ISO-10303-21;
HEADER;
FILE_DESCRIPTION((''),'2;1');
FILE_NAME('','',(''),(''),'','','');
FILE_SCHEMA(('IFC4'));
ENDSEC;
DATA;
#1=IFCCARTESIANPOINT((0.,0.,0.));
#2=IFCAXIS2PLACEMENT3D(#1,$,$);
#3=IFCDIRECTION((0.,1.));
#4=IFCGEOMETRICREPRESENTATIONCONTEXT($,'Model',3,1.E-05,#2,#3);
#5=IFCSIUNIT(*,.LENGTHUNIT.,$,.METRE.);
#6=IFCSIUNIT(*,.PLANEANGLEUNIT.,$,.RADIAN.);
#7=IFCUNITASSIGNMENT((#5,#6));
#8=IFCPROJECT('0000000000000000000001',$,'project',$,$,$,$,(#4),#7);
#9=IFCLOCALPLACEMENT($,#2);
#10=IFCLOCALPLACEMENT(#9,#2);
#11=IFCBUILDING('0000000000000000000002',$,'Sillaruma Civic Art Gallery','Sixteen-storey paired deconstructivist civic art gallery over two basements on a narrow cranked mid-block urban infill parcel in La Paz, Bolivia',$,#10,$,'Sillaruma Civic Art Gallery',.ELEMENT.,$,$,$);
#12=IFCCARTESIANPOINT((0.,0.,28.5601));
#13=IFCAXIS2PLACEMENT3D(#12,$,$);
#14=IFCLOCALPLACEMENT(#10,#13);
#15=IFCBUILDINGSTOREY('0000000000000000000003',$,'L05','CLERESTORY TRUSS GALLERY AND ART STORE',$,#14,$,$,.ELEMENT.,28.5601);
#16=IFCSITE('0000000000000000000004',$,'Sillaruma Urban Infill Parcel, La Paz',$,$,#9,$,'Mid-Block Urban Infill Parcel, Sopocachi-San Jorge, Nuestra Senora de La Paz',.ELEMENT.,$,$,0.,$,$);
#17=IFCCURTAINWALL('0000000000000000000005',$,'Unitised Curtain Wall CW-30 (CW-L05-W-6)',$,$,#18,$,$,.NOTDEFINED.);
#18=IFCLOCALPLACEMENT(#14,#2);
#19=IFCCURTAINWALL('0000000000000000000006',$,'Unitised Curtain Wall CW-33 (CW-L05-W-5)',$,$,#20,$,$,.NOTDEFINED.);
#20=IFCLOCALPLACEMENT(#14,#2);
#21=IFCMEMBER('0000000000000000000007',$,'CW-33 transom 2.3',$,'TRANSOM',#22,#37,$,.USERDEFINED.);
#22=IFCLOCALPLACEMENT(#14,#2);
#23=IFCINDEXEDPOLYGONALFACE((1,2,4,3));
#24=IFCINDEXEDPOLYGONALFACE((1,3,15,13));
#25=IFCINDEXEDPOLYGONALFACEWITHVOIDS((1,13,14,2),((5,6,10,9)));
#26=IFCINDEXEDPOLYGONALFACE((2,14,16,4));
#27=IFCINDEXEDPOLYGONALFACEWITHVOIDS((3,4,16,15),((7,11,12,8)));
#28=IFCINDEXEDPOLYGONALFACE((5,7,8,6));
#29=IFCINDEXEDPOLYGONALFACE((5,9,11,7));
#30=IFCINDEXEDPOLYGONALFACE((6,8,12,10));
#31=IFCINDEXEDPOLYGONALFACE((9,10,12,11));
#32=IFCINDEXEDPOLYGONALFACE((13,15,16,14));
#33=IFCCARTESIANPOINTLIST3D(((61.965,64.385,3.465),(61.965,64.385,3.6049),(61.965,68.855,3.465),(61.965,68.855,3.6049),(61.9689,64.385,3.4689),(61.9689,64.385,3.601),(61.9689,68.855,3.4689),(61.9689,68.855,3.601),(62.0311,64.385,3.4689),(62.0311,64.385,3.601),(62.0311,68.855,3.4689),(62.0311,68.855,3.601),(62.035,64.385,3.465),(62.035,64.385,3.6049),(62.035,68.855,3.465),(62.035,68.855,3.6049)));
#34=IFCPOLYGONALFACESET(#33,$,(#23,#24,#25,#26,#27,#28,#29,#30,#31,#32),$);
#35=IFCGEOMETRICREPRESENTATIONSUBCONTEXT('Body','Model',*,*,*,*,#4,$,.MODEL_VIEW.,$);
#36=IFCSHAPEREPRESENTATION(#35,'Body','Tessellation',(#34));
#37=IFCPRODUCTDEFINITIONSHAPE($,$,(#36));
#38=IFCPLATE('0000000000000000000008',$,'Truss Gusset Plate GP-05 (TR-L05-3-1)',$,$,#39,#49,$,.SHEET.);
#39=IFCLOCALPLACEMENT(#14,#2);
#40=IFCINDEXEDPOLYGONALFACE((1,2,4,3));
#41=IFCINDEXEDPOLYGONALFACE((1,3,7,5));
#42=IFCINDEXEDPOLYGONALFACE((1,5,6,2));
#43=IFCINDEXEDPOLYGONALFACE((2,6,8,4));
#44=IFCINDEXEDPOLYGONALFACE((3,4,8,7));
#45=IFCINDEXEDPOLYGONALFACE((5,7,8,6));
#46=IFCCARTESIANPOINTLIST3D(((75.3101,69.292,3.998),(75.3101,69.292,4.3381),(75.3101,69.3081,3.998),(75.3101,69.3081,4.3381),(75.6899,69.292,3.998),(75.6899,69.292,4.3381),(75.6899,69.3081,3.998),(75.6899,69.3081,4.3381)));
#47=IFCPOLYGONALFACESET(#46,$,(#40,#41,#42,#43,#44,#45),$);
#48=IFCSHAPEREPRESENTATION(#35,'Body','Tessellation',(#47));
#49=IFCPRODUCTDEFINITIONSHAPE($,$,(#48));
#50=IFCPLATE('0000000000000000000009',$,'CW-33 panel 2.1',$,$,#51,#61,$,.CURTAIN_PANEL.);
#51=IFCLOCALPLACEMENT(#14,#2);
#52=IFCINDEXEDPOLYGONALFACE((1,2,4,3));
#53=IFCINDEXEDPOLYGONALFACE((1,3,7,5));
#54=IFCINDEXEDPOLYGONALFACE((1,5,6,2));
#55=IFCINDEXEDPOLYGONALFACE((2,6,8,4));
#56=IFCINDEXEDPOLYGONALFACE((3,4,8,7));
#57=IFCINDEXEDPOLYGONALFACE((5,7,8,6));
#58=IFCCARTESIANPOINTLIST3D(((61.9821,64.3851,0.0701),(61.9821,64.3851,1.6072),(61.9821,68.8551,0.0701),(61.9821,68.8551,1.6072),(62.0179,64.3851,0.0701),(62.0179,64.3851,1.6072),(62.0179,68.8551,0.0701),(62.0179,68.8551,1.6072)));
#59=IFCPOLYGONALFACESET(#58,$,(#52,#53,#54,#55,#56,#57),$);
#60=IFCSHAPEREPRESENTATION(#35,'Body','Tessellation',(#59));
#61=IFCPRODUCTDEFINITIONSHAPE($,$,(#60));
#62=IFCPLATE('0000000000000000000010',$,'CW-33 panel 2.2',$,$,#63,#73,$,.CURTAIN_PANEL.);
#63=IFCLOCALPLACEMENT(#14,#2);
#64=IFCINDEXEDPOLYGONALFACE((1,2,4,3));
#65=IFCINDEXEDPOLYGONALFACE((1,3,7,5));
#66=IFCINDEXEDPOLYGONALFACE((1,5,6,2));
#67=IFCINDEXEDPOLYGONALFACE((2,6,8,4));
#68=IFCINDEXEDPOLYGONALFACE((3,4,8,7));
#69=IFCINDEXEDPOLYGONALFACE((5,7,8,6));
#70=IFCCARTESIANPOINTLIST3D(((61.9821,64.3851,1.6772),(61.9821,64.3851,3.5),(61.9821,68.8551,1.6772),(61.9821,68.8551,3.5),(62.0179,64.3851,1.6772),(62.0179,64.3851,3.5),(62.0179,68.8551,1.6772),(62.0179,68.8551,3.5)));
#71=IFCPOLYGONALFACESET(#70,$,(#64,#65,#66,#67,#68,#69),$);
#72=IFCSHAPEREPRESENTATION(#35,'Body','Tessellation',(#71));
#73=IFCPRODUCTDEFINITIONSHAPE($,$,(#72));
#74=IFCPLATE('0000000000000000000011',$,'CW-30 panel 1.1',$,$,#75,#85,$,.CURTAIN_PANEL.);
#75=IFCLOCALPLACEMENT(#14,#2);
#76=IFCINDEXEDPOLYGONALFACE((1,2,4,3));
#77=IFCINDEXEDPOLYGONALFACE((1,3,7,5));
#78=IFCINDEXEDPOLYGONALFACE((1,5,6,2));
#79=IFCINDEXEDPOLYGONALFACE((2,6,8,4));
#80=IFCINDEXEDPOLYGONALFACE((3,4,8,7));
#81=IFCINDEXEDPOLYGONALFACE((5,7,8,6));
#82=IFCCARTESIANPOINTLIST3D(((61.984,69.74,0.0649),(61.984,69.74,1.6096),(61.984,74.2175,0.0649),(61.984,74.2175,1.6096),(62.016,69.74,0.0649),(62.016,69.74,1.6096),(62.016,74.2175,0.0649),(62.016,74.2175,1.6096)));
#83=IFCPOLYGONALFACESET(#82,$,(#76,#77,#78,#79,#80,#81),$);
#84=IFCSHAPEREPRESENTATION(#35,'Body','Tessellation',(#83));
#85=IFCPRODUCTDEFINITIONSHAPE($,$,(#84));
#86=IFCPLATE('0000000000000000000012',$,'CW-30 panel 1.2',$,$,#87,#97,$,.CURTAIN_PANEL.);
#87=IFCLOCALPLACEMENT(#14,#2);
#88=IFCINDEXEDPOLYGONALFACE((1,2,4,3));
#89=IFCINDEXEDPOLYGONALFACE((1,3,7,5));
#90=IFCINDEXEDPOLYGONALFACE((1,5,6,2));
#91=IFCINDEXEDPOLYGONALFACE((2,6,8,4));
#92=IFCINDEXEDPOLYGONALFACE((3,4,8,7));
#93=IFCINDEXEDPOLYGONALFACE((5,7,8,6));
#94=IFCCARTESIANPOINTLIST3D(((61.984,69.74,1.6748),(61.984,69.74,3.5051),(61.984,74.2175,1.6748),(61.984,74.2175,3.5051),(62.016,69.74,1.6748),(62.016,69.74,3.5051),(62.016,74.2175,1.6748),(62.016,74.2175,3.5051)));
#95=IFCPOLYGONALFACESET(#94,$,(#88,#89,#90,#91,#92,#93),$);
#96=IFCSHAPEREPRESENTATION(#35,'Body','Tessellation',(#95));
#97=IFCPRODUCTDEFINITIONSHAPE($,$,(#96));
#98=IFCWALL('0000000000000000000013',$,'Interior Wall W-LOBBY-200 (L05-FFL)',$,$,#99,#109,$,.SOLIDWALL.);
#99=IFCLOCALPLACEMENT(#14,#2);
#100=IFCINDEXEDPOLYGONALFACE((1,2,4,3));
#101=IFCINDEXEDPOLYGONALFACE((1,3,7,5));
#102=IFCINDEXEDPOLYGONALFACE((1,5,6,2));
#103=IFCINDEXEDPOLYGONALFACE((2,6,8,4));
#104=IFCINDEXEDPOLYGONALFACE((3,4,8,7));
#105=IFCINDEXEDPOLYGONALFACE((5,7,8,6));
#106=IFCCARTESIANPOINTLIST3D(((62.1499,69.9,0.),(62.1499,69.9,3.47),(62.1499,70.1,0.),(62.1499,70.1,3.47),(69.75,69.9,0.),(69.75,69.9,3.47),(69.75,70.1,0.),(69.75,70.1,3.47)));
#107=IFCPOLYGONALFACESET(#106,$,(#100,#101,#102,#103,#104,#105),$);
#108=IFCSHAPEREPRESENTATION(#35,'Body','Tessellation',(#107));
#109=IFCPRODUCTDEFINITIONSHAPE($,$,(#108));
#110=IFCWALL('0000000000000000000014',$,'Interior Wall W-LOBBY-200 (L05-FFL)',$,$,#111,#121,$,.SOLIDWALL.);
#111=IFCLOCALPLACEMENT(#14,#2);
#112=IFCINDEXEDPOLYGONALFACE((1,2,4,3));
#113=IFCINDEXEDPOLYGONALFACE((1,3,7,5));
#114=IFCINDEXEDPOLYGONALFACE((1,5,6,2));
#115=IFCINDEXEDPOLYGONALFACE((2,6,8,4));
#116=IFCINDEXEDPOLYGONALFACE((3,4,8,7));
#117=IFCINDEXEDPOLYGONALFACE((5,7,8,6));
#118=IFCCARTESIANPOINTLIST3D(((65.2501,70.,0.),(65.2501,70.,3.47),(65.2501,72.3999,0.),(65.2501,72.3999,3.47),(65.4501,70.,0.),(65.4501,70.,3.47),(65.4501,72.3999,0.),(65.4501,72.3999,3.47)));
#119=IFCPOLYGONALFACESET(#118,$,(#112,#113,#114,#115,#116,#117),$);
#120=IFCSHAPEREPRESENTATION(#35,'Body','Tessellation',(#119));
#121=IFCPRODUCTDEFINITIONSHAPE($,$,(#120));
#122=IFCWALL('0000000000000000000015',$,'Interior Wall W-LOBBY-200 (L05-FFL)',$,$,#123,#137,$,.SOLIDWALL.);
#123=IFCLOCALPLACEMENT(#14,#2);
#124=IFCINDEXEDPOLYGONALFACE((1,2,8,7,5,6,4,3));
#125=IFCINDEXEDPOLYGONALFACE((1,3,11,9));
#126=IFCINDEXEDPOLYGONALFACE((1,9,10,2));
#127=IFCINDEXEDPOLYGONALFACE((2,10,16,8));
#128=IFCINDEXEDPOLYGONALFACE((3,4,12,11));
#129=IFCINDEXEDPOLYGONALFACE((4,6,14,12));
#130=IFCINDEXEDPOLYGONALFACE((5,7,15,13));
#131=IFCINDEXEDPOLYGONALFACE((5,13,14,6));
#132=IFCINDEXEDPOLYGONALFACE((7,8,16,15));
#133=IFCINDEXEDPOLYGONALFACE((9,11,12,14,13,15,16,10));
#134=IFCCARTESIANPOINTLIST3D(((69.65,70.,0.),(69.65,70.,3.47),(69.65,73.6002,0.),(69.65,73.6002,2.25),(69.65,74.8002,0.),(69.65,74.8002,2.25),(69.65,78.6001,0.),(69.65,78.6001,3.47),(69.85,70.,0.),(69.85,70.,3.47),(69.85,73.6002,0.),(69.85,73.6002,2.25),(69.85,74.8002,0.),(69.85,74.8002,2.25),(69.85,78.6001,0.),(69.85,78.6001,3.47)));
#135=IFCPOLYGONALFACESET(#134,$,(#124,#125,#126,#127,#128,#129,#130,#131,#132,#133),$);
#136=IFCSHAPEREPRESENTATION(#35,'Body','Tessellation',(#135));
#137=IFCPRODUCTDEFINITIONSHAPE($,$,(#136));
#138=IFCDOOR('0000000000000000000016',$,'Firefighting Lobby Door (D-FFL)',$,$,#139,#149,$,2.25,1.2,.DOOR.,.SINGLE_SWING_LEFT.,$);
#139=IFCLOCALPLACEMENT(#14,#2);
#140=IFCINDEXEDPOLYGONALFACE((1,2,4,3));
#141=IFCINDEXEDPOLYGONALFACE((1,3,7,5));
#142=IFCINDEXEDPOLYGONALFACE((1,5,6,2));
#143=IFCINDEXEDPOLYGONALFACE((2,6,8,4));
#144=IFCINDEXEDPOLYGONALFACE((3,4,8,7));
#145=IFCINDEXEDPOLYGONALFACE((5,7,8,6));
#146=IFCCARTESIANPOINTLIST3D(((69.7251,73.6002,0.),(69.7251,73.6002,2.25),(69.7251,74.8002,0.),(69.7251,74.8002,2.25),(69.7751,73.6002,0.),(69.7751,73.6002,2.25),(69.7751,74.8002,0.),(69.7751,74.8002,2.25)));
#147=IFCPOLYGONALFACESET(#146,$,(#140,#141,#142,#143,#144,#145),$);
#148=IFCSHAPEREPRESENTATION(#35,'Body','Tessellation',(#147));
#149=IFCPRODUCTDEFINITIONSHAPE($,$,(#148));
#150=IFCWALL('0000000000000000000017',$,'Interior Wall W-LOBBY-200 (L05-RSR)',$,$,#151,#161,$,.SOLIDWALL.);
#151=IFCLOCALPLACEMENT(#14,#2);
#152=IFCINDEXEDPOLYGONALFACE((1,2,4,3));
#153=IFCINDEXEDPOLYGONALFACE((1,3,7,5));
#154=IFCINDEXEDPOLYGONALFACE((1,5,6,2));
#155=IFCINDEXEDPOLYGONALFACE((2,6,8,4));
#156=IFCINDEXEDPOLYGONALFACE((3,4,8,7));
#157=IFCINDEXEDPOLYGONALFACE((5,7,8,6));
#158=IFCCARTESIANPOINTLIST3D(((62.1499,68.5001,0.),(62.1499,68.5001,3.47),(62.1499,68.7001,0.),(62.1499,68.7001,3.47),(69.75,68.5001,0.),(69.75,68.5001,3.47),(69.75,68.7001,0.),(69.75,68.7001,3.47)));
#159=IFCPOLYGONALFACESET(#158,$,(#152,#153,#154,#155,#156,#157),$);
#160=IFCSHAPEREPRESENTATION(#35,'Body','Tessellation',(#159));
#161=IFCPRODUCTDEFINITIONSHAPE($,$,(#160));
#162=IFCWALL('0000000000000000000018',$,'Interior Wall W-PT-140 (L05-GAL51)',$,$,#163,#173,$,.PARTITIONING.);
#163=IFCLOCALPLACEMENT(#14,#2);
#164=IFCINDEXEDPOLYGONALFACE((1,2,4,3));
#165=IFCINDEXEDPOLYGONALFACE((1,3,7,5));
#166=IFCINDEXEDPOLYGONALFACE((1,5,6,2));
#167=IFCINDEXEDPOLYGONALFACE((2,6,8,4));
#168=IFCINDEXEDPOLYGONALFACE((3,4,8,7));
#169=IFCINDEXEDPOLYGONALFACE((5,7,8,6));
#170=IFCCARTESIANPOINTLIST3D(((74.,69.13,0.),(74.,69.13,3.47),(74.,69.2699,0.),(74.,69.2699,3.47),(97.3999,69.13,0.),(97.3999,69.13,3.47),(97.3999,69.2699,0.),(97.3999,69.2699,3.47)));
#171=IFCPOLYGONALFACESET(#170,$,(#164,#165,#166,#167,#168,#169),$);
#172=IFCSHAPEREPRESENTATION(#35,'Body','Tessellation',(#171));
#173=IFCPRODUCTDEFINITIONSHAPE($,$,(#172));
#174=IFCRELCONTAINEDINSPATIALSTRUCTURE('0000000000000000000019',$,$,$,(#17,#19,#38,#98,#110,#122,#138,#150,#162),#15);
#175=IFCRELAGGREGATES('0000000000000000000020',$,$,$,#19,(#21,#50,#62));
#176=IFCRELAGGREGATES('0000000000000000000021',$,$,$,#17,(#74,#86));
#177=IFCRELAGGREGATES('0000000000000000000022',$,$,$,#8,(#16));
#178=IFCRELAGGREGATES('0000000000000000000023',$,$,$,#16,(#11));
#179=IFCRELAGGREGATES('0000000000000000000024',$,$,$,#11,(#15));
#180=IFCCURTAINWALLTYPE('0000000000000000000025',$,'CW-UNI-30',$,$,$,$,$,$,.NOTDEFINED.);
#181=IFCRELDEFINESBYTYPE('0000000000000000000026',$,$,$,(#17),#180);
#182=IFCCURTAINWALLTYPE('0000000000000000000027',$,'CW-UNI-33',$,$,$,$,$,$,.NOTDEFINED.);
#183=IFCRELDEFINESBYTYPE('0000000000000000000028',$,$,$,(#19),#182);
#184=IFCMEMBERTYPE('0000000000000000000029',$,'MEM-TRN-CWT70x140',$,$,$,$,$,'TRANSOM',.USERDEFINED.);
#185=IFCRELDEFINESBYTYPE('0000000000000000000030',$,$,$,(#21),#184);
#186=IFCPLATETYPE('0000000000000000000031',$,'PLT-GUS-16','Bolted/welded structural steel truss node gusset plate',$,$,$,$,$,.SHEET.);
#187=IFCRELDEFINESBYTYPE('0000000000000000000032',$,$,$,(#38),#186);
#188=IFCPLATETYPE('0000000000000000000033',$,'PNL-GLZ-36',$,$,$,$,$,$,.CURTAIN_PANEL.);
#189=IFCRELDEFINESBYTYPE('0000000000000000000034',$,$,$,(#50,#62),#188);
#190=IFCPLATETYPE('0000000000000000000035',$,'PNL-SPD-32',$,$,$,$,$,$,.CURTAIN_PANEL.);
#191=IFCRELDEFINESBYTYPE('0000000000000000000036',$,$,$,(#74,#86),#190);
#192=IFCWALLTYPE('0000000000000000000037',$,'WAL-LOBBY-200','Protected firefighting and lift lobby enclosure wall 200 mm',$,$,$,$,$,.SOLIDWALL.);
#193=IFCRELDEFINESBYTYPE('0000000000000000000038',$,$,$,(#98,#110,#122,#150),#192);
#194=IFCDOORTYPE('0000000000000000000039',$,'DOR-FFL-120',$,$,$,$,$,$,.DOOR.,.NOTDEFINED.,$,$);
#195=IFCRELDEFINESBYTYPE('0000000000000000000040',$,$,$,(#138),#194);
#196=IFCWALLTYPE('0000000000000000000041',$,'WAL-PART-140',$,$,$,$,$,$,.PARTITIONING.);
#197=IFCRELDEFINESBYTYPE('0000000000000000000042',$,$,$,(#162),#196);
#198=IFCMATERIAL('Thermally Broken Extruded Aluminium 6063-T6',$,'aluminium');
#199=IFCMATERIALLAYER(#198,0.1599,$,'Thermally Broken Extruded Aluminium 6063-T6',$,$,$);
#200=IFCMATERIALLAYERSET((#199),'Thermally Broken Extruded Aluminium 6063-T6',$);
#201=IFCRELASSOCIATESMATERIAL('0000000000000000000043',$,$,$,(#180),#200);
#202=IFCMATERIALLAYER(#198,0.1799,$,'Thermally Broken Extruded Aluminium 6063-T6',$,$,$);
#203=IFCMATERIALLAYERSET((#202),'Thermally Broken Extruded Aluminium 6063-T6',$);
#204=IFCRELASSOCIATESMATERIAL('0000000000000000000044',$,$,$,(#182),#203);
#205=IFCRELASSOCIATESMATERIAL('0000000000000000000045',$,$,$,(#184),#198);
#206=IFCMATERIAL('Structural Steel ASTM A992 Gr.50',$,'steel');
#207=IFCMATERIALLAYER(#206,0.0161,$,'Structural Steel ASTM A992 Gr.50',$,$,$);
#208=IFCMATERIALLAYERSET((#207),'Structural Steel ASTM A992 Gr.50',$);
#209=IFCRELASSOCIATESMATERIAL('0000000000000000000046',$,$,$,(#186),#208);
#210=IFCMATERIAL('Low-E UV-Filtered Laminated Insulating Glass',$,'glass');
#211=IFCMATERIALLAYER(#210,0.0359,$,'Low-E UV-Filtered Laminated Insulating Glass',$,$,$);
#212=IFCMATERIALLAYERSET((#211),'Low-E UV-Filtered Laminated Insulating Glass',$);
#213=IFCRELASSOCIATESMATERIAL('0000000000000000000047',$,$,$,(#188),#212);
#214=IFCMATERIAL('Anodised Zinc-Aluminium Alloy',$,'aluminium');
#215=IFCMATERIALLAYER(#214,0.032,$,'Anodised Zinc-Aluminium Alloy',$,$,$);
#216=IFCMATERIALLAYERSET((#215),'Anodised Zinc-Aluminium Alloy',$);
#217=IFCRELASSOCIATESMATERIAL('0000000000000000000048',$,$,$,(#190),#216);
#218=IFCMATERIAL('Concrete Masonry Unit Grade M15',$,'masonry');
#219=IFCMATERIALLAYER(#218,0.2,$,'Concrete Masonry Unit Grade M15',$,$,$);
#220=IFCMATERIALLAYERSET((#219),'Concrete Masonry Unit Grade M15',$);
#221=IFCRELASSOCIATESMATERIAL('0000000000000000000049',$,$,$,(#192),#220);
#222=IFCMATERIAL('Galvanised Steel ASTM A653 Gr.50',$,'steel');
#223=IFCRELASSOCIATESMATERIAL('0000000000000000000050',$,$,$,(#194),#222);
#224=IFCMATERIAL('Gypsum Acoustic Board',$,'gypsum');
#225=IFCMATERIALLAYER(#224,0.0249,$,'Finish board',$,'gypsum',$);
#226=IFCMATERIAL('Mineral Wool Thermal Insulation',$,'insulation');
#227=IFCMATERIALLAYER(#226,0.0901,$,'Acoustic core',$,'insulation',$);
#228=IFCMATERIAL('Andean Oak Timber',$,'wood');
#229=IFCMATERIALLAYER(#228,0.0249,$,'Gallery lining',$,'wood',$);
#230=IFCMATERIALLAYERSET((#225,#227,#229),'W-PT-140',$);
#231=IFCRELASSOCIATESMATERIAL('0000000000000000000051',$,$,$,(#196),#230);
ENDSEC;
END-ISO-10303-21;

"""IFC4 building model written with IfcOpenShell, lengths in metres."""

from ifc_helpers import new_model, si_unit, direction, frame, frame_2d, origin, origin_2d, place, context, subcontext, project, spatial, rectangle, hollow_rectangle, extrude, material, layer, layer_set, material_profile, profile_set, type_object, element, fill, aggregate, save


model = new_model("IFC4")

# Units and contexts
model_context = context("Model", 3, precision=1e-05, world=origin(), true_north=direction((0.0, 1.0)))
body_context = subcontext(model_context, "Body", "Model", "MODEL_VIEW")
ifc_project = project(units=[si_unit("LENGTHUNIT", "METRE"), si_unit("PLANEANGLEUNIT", "RADIAN")], contexts=[model_context])

# Site, building, storey
site_placement = place(None, origin())
site = spatial("IfcSite", under=ifc_project, at=site_placement, Name="Sillaruma Urban Infill Parcel, La Paz", LongName="Mid-Block Urban Infill Parcel, Sopocachi-San Jorge, Nuestra Senora de La Paz", CompositionType="ELEMENT", RefElevation=0.0)
building_placement = place(site_placement, origin())
building = spatial("IfcBuilding", under=site, at=building_placement, Name="Sillaruma Civic Art Gallery", Description="Sixteen-storey paired deconstructivist civic art gallery over two basements on a narrow cranked mid-block urban infill parcel in La Paz, Bolivia", LongName="Sillaruma Civic Art Gallery", CompositionType="ELEMENT")
storey_placement = place(building_placement, frame((0.0, 0.0, 28.5601)))
storey = spatial("IfcBuildingStorey", under=building, at=storey_placement, Name="L05", Description="CLERESTORY TRUSS GALLERY AND ART STORE", CompositionType="ELEMENT", Elevation=28.5601)

# Shared definitions
ifc_material_1 = material(Name="Structural Steel ASTM A992 Gr.50", Category="steel")

# Curtain walls
ifc_material_2 = material(Name="Thermally Broken Extruded Aluminium 6063-T6", Category="aluminium")
ifc_layer_1 = layer(ifc_material_2, 0.1599, Name="Thermally Broken Extruded Aluminium 6063-T6")
ifc_layer_set_1 = layer_set([ifc_layer_1], Name="Thermally Broken Extruded Aluminium 6063-T6")
curtain_wall_type_1 = type_object("IfcCurtainWallType", Name="CW-UNI-30", PredefinedType="NOTDEFINED", material=ifc_layer_set_1)
curtain_wall_1_placement = place(storey_placement, origin())
curtain_wall_1 = element("IfcCurtainWall", 1, at=curtain_wall_1_placement, inside=storey, type_object=curtain_wall_type_1, Name="Unitised Curtain Wall CW-30 (CW-L05-W-6)", PredefinedType="NOTDEFINED")
ifc_layer_2 = layer(ifc_material_2, 0.1799, Name="Thermally Broken Extruded Aluminium 6063-T6")
ifc_layer_set_2 = layer_set([ifc_layer_2], Name="Thermally Broken Extruded Aluminium 6063-T6")
curtain_wall_type_2 = type_object("IfcCurtainWallType", Name="CW-UNI-33", PredefinedType="NOTDEFINED", material=ifc_layer_set_2)
curtain_wall_2_placement = place(storey_placement, origin())
curtain_wall_2 = element("IfcCurtainWall", 2, at=curtain_wall_2_placement, inside=storey, type_object=curtain_wall_type_2, Name="Unitised Curtain Wall CW-33 (CW-L05-W-5)", PredefinedType="NOTDEFINED")

# Member
ifc_material_profile_1 = material_profile(ifc_material_2, hollow_rectangle(XDim=0.0701, YDim=0.1399, WallThickness=0.0039, at=origin_2d()), Name="CWT70x140")
ifc_profile_set_1 = profile_set([ifc_material_profile_1], Name="Thermally Broken Extruded Aluminium 6063-T6")
member_type_1 = type_object("IfcMemberType", Name="MEM-TRN-CWT70x140", ElementType="TRANSOM", PredefinedType="USERDEFINED", material=ifc_profile_set_1)
member_1_placement = place(storey_placement, frame((62.0, 64.385, 3.5349), z_axis=(0.0, 1.0, 0.0), x_axis=(-1.0, 0.0, 0.0)))
member_1 = element("IfcMember", 3, at=member_1_placement, type_object=member_type_1, Name="CW-33 transom 2.3", ObjectType="TRANSOM", PredefinedType="USERDEFINED", context=body_context, shape_type="SweptSolid", body=[
    extrude(hollow_rectangle(XDim=0.0701, YDim=0.1399, WallThickness=0.0039, at=origin_2d()), origin(), (0.0, 0.0, 1.0), 4.47),
])

# Plates
ifc_layer_3 = layer(ifc_material_1, 0.0161, Name="Structural Steel ASTM A992 Gr.50")
ifc_layer_set_3 = layer_set([ifc_layer_3], Name="Structural Steel ASTM A992 Gr.50")
plate_type_1 = type_object("IfcPlateType", Name="PLT-GUS-16", Description="Bolted/welded structural steel truss node gusset plate", PredefinedType="SHEET", material=ifc_layer_set_3)
plate_1_placement = place(storey_placement, frame((75.5, 69.3, 3.998), z_axis=(0.0, 0.0, 1.0), x_axis=(1.0, 0.0, 0.0)))
element("IfcPlate", 4, at=plate_1_placement, inside=storey, type_object=plate_type_1, Name="Truss Gusset Plate GP-05 (TR-L05-3-1)", PredefinedType="SHEET", context=body_context, shape_type="SweptSolid", body=[
    extrude(rectangle(XDim=0.3799, YDim=0.0161, at=origin_2d()), origin(), (0.0, 0.0, 1.0), 0.3401),
])
ifc_material_3 = material(Name="Low-E UV-Filtered Laminated Insulating Glass", Category="glass")
ifc_layer_4 = layer(ifc_material_3, 0.0359, Name="Low-E UV-Filtered Laminated Insulating Glass")
ifc_layer_set_4 = layer_set([ifc_layer_4], Name="Low-E UV-Filtered Laminated Insulating Glass")
plate_type_2 = type_object("IfcPlateType", Name="PNL-GLZ-36", PredefinedType="CURTAIN_PANEL", material=ifc_layer_set_4)
plate_2_placement = place(storey_placement, frame((62.0, 66.6201, 0.0701), z_axis=(0.0, 0.0, 1.0), x_axis=(0.0, 1.0, 0.0)))
plate_2 = element("IfcPlate", 5, at=plate_2_placement, type_object=plate_type_2, Name="CW-33 panel 2.1", PredefinedType="CURTAIN_PANEL", context=body_context, shape_type="SweptSolid", body=[
    extrude(rectangle(XDim=4.47, YDim=0.0359, at=origin_2d()), origin(), (0.0, 0.0, 1.0), 1.5371),
])
plate_3_placement = place(storey_placement, frame((62.0, 66.6201, 1.6772), z_axis=(0.0, 0.0, 1.0), x_axis=(0.0, 1.0, 0.0)))
plate_3 = element("IfcPlate", 6, at=plate_3_placement, type_object=plate_type_2, Name="CW-33 panel 2.2", PredefinedType="CURTAIN_PANEL", context=body_context, shape_type="SweptSolid", body=[
    extrude(rectangle(XDim=4.47, YDim=0.0359, at=origin_2d()), origin(), (0.0, 0.0, 1.0), 1.8228),
])
aggregate(curtain_wall_2, [member_1, plate_2, plate_3])
ifc_material_4 = material(Name="Anodised Zinc-Aluminium Alloy", Category="aluminium")
ifc_layer_5 = layer(ifc_material_4, 0.032, Name="Anodised Zinc-Aluminium Alloy")
ifc_layer_set_5 = layer_set([ifc_layer_5], Name="Anodised Zinc-Aluminium Alloy")
plate_type_3 = type_object("IfcPlateType", Name="PNL-SPD-32", PredefinedType="CURTAIN_PANEL", material=ifc_layer_set_5)
plate_4_placement = place(storey_placement, frame((62.0, 71.9788, 0.0649), z_axis=(0.0, 0.0, 1.0), x_axis=(0.0, 1.0, 0.0)))
plate_4 = element("IfcPlate", 7, at=plate_4_placement, type_object=plate_type_3, Name="CW-30 panel 1.1", PredefinedType="CURTAIN_PANEL", context=body_context, shape_type="SweptSolid", body=[
    extrude(rectangle(XDim=4.4775, YDim=0.032, at=origin_2d()), origin(), (0.0, 0.0, 1.0), 1.5447),
])
plate_5_placement = place(storey_placement, frame((62.0, 71.9788, 1.6748), z_axis=(0.0, 0.0, 1.0), x_axis=(0.0, 1.0, 0.0)))
plate_5 = element("IfcPlate", 8, at=plate_5_placement, type_object=plate_type_3, Name="CW-30 panel 1.2", PredefinedType="CURTAIN_PANEL", context=body_context, shape_type="SweptSolid", body=[
    extrude(rectangle(XDim=4.4775, YDim=0.032, at=origin_2d()), origin(), (0.0, 0.0, 1.0), 1.8303),
])
aggregate(curtain_wall_1, [plate_4, plate_5])

# Walls
ifc_material_5 = material(Name="Concrete Masonry Unit Grade M15", Category="masonry")
ifc_layer_6 = layer(ifc_material_5, 0.2, Name="Concrete Masonry Unit Grade M15")
ifc_layer_set_6 = layer_set([ifc_layer_6], Name="Concrete Masonry Unit Grade M15")
wall_type_1 = type_object("IfcWallType", Name="WAL-LOBBY-200", Description="Protected firefighting and lift lobby enclosure wall 200 mm", PredefinedType="SOLIDWALL", material=ifc_layer_set_6)
wall_1_placement = place(storey_placement, frame((62.1499, 70.0, 0.0), z_axis=(0.0, 0.0, 1.0), x_axis=(1.0, 0.0, 0.0)))
element("IfcWall", 9, at=wall_1_placement, inside=storey, type_object=wall_type_1, Name="Interior Wall W-LOBBY-200 (L05-FFL)", PredefinedType="SOLIDWALL", context=body_context, shape_type="SweptSolid", body=[
    extrude(rectangle(XDim=7.6001, YDim=0.2, at=frame_2d((3.8, 0.0))), origin(), (0.0, 0.0, 1.0), 3.47),
])
wall_2_placement = place(storey_placement, frame((65.3501, 70.0, 0.0), z_axis=(0.0, 0.0, 1.0), x_axis=(0.0, 1.0, 0.0)))
element("IfcWall", 10, at=wall_2_placement, inside=storey, type_object=wall_type_1, Name="Interior Wall W-LOBBY-200 (L05-FFL)", PredefinedType="SOLIDWALL", context=body_context, shape_type="SweptSolid", body=[
    extrude(rectangle(XDim=2.3999, YDim=0.2, at=frame_2d((1.2, 0.0))), origin(), (0.0, 0.0, 1.0), 3.47),
])

# Wall, opening, door
wall_3_placement = place(storey_placement, frame((69.75, 70.0, 0.0), z_axis=(0.0, 0.0, 1.0), x_axis=(0.0, 1.0, 0.0)))
wall_3 = element("IfcWall", 11, at=wall_3_placement, inside=storey, type_object=wall_type_1, Name="Interior Wall W-LOBBY-200 (L05-FFL)", PredefinedType="SOLIDWALL", context=body_context, shape_type="SweptSolid", body=[
    extrude(rectangle(XDim=8.6001, YDim=0.2, at=frame_2d((4.3, 0.0))), origin(), (0.0, 0.0, 1.0), 3.47),
])
opening_1_placement = place(wall_3_placement, frame((3.6001, 0.0, 0.0)))
opening_1 = element("IfcOpeningElement", 12, at=opening_1_placement, cuts=wall_3, PredefinedType="OPENING", context=body_context, shape_type="SweptSolid", body=[
    extrude(rectangle(XDim=1.2, YDim=2.25, at=frame_2d((0.6001, 1.125))), frame((0.0, 0.1099, 0.0), z_axis=(0.0, -1.0, 0.0), x_axis=(1.0, 0.0, 0.0)), (0.0, 0.0, 1.0), 0.22),
])
ifc_material_6 = material(Name="Galvanised Steel ASTM A653 Gr.50", Category="steel")
door_type_1 = type_object("IfcDoorType", Name="DOR-FFL-120", OperationType="NOTDEFINED", PredefinedType="DOOR", material=ifc_material_6)
door_1_placement = place(opening_1_placement, origin())
door_1 = element("IfcDoor", 13, at=door_1_placement, inside=storey, type_object=door_type_1, Name="Firefighting Lobby Door (D-FFL)", OperationType="SINGLE_SWING_LEFT", OverallHeight=2.25, OverallWidth=1.2, PredefinedType="DOOR", context=body_context, shape_type="SweptSolid", body=[
    extrude(rectangle(XDim=1.2, YDim=2.25, at=frame_2d((0.6001, 1.125))), frame((0.0, 0.0249, 0.0), z_axis=(0.0, -1.0, 0.0), x_axis=(1.0, 0.0, 0.0)), (0.0, 0.0, 1.0), 0.05),
])
fill(opening_1, door_1)

# Walls
wall_4_placement = place(storey_placement, frame((62.1499, 68.6001, 0.0), z_axis=(0.0, 0.0, 1.0), x_axis=(1.0, 0.0, 0.0)))
element("IfcWall", 14, at=wall_4_placement, inside=storey, type_object=wall_type_1, Name="Interior Wall W-LOBBY-200 (L05-RSR)", PredefinedType="SOLIDWALL", context=body_context, shape_type="SweptSolid", body=[
    extrude(rectangle(XDim=7.6001, YDim=0.2, at=frame_2d((3.8, 0.0))), origin(), (0.0, 0.0, 1.0), 3.47),
])
ifc_material_7 = material(Name="Gypsum Acoustic Board", Category="gypsum")
ifc_layer_7 = layer(ifc_material_7, 0.0249, Name="Finish board", Category="gypsum")
ifc_material_8 = material(Name="Mineral Wool Thermal Insulation", Category="insulation")
ifc_layer_8 = layer(ifc_material_8, 0.0901, Name="Acoustic core", Category="insulation")
ifc_material_9 = material(Name="Andean Oak Timber", Category="wood")
ifc_layer_9 = layer(ifc_material_9, 0.0249, Name="Gallery lining", Category="wood")
ifc_layer_set_7 = layer_set([ifc_layer_7, ifc_layer_8, ifc_layer_9], Name="W-PT-140")
wall_type_2 = type_object("IfcWallType", Name="WAL-PART-140", PredefinedType="PARTITIONING", material=ifc_layer_set_7)
wall_5_placement = place(storey_placement, frame((74.0, 69.2, 0.0), z_axis=(0.0, 0.0, 1.0), x_axis=(1.0, 0.0, 0.0)))
element("IfcWall", 15, at=wall_5_placement, inside=storey, type_object=wall_type_2, Name="Interior Wall W-PT-140 (L05-GAL51)", PredefinedType="PARTITIONING", context=body_context, shape_type="SweptSolid", body=[
    extrude(rectangle(XDim=23.3999, YDim=0.1399, at=frame_2d((11.7, 0.0))), origin(), (0.0, 0.0, 1.0), 3.47),
])

save(model, "model.ifc")
